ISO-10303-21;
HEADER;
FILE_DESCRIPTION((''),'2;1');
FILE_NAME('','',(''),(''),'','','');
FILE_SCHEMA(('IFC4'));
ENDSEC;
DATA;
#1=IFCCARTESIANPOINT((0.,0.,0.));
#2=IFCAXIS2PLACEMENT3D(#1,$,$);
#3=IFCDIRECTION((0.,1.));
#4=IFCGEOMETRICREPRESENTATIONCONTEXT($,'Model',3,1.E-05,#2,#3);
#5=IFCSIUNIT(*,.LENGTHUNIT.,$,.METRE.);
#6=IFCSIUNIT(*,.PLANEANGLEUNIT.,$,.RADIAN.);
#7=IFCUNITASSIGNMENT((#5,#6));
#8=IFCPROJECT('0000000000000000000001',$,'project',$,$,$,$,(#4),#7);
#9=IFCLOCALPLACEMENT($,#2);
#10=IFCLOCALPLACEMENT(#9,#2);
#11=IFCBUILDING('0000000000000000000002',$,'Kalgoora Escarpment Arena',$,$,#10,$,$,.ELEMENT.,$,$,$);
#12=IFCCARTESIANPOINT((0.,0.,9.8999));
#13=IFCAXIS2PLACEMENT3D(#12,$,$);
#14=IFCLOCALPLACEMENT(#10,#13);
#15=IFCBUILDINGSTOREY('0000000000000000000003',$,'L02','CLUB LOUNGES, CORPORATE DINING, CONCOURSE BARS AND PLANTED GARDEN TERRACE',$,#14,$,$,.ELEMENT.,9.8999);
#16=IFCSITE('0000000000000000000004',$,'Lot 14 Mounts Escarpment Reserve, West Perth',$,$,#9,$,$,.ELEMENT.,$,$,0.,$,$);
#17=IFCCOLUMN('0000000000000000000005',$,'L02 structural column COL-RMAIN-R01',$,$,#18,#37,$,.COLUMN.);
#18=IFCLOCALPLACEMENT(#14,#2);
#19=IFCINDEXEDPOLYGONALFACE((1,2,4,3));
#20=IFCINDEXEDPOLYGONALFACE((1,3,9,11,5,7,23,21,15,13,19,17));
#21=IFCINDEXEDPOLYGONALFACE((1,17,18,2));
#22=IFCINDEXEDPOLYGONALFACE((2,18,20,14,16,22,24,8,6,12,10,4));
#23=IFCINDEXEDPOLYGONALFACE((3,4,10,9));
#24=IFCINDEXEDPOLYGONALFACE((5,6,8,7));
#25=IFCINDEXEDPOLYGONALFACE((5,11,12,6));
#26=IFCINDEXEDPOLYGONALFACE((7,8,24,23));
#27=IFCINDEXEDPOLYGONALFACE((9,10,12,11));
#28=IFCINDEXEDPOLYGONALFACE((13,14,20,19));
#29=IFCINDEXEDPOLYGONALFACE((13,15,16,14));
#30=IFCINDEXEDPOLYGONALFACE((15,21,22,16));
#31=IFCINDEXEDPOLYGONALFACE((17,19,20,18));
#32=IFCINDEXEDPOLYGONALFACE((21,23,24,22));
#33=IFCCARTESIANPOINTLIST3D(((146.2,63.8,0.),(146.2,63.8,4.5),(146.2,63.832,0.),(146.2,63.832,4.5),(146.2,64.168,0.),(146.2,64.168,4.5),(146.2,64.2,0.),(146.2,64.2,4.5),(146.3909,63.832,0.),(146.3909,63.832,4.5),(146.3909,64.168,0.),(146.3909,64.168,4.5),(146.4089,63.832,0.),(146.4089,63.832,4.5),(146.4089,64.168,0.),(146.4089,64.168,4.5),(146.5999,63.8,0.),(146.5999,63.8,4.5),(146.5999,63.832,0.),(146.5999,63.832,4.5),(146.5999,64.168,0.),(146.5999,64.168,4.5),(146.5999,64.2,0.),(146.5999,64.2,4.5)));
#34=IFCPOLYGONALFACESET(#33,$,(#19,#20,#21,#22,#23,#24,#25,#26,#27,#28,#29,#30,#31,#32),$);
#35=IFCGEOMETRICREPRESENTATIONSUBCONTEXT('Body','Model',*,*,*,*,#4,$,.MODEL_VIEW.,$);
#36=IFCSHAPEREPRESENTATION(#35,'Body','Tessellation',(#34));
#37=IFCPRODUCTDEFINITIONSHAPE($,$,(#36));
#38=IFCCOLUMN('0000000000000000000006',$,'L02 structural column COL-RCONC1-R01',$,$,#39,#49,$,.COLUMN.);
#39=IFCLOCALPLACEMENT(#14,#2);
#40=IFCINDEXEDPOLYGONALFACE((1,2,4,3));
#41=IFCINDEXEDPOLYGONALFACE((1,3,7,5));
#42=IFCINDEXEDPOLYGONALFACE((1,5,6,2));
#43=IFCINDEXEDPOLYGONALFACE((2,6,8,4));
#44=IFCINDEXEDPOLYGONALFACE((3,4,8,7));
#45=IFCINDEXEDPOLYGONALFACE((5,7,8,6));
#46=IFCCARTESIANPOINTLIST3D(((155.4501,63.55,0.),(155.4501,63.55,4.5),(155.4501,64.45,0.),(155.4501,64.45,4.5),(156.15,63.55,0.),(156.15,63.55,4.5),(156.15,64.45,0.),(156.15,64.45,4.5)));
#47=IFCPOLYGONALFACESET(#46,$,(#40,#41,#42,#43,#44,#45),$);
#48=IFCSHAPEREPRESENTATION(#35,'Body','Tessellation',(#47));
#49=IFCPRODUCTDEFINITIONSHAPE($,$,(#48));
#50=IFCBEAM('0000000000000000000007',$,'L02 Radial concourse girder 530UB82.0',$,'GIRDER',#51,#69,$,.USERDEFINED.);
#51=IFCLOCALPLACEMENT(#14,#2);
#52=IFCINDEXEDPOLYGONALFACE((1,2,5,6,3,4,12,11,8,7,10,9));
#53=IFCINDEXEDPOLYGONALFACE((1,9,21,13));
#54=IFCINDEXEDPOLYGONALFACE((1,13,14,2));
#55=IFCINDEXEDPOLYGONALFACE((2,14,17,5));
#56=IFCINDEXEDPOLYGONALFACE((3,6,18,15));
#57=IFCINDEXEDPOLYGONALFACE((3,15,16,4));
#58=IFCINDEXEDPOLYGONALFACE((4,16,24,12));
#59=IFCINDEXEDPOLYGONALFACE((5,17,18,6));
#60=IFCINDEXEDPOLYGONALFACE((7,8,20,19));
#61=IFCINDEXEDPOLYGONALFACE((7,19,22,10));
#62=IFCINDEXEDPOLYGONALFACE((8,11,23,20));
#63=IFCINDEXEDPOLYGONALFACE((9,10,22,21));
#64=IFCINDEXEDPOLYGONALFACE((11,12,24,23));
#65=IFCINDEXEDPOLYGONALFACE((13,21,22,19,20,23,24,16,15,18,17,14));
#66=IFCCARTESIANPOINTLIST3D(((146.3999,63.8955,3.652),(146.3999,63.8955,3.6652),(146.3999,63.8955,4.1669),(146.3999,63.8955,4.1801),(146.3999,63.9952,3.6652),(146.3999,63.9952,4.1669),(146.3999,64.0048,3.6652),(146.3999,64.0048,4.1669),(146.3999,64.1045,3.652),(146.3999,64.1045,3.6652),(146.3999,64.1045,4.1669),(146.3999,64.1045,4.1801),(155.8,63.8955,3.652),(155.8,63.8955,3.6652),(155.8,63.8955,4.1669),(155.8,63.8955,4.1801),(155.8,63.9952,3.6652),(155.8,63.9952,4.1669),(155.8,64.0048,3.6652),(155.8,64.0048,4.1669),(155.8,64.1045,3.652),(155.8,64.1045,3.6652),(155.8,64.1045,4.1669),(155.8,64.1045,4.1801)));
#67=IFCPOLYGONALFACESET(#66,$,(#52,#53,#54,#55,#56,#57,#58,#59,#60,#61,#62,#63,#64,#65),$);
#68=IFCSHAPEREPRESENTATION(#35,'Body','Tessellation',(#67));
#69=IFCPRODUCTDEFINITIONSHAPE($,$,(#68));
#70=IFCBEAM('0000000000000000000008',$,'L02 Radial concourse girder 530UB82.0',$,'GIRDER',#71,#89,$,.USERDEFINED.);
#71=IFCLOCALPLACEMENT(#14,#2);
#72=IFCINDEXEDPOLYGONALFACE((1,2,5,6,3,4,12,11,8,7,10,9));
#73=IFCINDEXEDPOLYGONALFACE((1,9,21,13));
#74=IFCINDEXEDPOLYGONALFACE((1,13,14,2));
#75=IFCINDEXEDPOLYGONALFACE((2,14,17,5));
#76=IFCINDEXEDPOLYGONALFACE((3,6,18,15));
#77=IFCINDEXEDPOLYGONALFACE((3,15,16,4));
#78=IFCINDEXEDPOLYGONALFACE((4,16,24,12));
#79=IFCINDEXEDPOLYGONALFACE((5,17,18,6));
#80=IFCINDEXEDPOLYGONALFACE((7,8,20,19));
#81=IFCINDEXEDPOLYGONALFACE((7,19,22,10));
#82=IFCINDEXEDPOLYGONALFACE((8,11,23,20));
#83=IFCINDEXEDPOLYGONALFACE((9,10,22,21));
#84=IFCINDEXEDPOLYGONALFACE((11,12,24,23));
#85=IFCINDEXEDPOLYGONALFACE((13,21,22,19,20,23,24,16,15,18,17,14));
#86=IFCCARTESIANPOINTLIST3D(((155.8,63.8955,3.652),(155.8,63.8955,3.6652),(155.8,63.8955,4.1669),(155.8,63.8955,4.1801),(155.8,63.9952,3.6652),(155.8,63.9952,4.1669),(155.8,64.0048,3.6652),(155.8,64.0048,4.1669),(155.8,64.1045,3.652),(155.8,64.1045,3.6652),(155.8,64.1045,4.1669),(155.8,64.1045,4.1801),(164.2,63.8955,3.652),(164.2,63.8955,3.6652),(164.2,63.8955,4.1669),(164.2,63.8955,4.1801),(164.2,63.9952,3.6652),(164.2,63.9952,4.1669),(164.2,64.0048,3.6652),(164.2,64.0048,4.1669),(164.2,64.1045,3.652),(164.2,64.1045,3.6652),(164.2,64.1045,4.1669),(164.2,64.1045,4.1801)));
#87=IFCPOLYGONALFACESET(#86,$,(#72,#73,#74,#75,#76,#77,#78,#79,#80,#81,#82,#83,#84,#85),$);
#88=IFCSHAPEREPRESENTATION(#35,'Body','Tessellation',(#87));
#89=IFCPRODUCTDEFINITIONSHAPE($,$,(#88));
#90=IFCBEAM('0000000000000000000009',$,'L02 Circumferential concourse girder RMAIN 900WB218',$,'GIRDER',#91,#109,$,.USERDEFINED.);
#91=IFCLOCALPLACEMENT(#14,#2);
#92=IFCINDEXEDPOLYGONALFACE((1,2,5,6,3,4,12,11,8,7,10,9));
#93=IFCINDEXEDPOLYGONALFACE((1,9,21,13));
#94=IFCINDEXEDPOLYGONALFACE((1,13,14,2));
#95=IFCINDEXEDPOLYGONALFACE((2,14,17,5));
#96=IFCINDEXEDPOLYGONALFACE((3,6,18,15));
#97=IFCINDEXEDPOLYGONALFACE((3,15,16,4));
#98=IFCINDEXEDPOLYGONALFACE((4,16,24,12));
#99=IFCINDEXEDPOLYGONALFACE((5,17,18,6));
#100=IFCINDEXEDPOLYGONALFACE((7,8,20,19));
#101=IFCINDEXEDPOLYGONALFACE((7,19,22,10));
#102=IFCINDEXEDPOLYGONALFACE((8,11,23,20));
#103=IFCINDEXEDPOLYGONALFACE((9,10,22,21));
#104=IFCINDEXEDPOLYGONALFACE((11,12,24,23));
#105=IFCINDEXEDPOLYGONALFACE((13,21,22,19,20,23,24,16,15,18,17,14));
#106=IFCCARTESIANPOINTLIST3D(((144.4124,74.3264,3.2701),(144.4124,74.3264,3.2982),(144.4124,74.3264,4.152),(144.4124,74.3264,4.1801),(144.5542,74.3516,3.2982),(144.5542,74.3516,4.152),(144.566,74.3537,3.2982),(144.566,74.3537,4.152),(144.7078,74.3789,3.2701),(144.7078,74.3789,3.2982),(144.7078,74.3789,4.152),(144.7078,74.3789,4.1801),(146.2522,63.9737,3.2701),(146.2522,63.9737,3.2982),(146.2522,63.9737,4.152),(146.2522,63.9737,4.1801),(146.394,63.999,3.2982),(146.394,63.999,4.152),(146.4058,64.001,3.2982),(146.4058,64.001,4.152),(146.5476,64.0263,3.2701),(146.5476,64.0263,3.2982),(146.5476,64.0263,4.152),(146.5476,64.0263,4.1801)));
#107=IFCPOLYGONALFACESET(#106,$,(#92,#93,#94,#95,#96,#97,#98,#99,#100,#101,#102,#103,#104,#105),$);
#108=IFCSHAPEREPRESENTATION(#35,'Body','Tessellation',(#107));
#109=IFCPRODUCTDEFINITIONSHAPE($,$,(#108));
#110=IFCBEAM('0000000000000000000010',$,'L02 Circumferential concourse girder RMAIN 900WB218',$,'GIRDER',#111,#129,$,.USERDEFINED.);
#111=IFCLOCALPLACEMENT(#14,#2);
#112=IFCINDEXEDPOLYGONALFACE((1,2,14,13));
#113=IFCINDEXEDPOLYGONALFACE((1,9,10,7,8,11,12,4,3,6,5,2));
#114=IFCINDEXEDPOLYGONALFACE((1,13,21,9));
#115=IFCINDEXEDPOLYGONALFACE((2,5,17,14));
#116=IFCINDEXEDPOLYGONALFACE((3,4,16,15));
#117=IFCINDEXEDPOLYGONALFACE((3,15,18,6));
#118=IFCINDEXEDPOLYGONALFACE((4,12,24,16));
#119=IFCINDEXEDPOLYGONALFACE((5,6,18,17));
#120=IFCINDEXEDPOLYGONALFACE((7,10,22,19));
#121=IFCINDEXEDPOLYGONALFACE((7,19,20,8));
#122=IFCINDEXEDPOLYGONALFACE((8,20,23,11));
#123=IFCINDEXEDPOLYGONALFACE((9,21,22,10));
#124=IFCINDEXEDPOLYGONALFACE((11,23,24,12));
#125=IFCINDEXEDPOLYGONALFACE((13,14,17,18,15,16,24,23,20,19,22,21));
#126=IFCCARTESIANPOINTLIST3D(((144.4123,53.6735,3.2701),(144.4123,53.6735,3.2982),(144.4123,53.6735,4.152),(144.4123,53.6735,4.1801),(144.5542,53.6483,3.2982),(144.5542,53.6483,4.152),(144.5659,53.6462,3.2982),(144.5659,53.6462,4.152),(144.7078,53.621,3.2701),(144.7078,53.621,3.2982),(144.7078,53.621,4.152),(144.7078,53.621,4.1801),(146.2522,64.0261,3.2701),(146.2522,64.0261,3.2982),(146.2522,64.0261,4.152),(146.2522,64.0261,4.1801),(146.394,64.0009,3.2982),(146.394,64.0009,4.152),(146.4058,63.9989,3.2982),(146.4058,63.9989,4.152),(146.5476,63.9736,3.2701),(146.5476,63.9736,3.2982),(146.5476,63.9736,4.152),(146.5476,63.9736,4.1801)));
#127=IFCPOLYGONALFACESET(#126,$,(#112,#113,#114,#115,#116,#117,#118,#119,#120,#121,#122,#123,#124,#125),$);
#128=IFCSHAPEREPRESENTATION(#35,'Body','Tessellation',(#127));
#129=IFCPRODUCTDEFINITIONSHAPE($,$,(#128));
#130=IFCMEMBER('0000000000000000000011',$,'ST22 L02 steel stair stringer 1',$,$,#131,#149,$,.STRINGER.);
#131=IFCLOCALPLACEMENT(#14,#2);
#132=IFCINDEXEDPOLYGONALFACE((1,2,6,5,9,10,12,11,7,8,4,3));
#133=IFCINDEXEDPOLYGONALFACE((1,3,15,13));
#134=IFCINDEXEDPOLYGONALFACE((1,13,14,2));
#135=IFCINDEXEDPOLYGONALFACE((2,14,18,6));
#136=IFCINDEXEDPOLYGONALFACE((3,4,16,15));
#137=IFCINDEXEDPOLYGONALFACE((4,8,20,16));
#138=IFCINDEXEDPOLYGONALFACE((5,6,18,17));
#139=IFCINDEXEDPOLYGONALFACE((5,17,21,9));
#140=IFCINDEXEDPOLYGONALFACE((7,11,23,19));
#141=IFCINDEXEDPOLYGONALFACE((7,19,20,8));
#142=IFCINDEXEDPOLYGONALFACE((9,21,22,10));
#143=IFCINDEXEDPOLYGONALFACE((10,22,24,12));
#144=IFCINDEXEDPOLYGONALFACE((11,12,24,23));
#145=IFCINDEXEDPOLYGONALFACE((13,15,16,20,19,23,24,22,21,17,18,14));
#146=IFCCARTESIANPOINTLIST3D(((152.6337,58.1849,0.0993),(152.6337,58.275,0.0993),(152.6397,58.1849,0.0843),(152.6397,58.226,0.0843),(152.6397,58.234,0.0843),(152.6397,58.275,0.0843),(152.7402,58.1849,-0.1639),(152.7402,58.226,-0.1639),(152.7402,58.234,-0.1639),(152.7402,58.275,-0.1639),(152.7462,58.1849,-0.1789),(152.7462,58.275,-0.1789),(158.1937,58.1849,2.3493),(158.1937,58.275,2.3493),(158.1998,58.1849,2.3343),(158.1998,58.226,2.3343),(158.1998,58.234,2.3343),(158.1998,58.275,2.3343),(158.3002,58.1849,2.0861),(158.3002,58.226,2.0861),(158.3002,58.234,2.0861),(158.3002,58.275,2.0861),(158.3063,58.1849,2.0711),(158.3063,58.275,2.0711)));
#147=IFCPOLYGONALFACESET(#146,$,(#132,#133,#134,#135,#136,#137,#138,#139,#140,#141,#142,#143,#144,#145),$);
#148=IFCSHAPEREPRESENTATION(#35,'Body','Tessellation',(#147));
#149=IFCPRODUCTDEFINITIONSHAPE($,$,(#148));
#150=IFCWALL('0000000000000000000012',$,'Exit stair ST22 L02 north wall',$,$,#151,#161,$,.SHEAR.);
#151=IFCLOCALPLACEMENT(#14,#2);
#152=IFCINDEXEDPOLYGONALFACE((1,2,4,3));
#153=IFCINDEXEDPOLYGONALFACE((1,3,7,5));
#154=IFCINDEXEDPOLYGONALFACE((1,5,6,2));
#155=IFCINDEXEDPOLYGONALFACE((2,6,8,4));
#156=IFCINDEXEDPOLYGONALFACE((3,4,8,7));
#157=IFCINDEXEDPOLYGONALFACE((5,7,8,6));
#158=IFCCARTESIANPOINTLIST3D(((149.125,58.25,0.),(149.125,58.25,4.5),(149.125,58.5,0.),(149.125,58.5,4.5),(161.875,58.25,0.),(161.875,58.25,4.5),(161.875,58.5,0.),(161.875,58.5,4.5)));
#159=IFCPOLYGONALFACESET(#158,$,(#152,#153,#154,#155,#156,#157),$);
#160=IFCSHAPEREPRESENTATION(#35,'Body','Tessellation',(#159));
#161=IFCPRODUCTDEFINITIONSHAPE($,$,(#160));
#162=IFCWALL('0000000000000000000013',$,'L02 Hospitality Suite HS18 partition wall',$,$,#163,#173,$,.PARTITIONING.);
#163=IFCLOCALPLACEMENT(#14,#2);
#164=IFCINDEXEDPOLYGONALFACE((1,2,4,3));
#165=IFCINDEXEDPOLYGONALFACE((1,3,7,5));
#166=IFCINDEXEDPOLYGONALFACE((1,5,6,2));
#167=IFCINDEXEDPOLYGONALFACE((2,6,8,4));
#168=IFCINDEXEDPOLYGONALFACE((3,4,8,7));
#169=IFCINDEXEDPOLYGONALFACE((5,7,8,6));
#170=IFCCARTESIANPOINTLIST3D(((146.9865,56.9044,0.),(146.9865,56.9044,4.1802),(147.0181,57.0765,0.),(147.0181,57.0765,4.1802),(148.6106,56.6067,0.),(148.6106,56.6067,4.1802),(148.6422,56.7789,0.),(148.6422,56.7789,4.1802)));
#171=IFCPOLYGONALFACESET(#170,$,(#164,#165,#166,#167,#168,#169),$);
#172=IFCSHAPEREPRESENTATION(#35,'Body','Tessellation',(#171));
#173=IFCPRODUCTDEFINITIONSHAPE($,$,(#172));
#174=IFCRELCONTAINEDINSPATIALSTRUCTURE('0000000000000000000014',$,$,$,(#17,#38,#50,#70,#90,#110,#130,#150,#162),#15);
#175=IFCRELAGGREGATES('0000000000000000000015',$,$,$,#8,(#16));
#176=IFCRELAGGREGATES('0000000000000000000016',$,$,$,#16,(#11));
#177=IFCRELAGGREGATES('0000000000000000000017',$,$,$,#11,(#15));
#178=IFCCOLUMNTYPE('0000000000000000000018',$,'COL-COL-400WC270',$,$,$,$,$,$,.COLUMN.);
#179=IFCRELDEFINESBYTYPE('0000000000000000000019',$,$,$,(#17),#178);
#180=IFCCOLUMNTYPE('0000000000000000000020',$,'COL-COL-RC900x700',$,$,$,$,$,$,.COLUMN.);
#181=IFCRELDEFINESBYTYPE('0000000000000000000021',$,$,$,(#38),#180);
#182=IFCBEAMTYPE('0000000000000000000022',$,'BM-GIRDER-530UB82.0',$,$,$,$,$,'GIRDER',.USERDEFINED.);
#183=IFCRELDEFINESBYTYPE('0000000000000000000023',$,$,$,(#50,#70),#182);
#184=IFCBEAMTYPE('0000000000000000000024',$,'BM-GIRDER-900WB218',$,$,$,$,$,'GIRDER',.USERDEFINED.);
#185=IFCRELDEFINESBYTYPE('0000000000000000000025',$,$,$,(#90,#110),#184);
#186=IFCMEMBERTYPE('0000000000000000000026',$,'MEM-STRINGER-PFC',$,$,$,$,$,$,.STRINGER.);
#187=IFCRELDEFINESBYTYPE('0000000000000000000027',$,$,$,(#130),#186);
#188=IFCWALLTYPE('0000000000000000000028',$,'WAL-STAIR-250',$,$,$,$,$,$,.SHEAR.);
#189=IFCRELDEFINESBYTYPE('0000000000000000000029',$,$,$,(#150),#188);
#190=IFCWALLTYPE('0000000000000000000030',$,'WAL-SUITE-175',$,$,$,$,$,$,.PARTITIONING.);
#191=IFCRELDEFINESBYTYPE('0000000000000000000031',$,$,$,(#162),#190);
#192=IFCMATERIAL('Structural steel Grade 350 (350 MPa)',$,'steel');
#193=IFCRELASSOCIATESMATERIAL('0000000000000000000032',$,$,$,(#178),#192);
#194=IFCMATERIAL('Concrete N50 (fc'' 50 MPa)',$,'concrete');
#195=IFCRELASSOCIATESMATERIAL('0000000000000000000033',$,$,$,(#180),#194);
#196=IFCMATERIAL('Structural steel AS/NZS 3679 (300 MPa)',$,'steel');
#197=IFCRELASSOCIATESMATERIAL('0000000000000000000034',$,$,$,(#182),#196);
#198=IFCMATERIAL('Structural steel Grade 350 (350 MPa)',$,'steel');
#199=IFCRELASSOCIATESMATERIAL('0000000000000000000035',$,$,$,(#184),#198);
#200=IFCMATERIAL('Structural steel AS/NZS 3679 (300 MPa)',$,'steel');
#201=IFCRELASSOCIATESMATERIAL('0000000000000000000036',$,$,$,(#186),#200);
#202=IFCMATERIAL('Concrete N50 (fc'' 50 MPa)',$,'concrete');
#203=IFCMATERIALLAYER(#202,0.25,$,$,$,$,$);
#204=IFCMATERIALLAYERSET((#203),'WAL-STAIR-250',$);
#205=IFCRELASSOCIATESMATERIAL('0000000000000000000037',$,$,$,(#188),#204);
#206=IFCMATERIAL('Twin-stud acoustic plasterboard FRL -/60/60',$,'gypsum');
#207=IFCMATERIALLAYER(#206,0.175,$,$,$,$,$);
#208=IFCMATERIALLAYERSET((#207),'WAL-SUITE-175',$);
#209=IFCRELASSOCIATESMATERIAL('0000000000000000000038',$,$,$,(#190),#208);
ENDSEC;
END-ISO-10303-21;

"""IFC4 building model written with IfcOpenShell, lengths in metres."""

from ifc_helpers import new_model, si_unit, direction, frame, frame_2d, origin, origin_2d, place, context, subcontext, project, spatial, rectangle, i_section, extrude, material, layer, layer_set, material_profile, profile_set, type_object, element, save


model = new_model("IFC4")

# Units and contexts
model_context = context("Model", 3, precision=1e-05, world=origin(), true_north=direction((0.0, 1.0)))
body_context = subcontext(model_context, "Body", "Model", "MODEL_VIEW")
ifc_project = project(units=[si_unit("LENGTHUNIT", "METRE"), si_unit("PLANEANGLEUNIT", "RADIAN")], contexts=[model_context])

# Site, building, storey
site_placement = place(None, origin())
site = spatial("IfcSite", under=ifc_project, at=site_placement, Name="Lot 14 Mounts Escarpment Reserve, West Perth", CompositionType="ELEMENT", RefElevation=0.0)
building_placement = place(site_placement, origin())
building = spatial("IfcBuilding", under=site, at=building_placement, Name="Kalgoora Escarpment Arena", CompositionType="ELEMENT")
storey_placement = place(building_placement, frame((0.0, 0.0, 9.8999)))
storey = spatial("IfcBuildingStorey", under=building, at=storey_placement, Name="L02", Description="CLUB LOUNGES, CORPORATE DINING, CONCOURSE BARS AND PLANTED GARDEN TERRACE", CompositionType="ELEMENT", Elevation=9.8999)

# Columns
ifc_material_1 = material(Name="Structural steel Grade 350 (350 MPa)", Category="steel")
ifc_material_profile_1 = material_profile(ifc_material_1, i_section(OverallWidth=0.3999, OverallDepth=0.3999, WebThickness=0.0181, FlangeThickness=0.032, at=origin_2d()))
ifc_profile_set_1 = profile_set([ifc_material_profile_1], Name="Structural steel Grade 350 (350 MPa)")
column_type_1 = type_object("IfcColumnType", Name="COL-COL-400WC270", PredefinedType="COLUMN", material=ifc_profile_set_1)
column_1_placement = place(storey_placement, frame((146.3999, 64.0, 0.0), z_axis=(0.0, 0.0, 1.0), x_axis=(1.0, 0.0, 0.0)))
element("IfcColumn", 1, at=column_1_placement, inside=storey, type_object=column_type_1, Name="L02 structural column COL-RMAIN-R01", PredefinedType="COLUMN", context=body_context, shape_type="SweptSolid", body=[
    extrude(i_section(OverallWidth=0.3999, OverallDepth=0.3999, WebThickness=0.0181, FlangeThickness=0.032, at=origin_2d()), origin(), (0.0, 0.0, 1.0), 4.5),
])
ifc_material_2 = material(Name="Concrete N50 (fc' 50 MPa)", Category="concrete")
ifc_material_profile_2 = material_profile(ifc_material_2, rectangle(XDim=0.7, YDim=0.8999, at=origin_2d()))
ifc_profile_set_2 = profile_set([ifc_material_profile_2], Name="Concrete N50 (fc' 50 MPa)")
column_type_2 = type_object("IfcColumnType", Name="COL-COL-RC900x700", PredefinedType="COLUMN", material=ifc_profile_set_2)
column_2_placement = place(storey_placement, frame((155.8, 64.0, 0.0), z_axis=(0.0, 0.0, 1.0), x_axis=(1.0, 0.0, 0.0)))
element("IfcColumn", 2, at=column_2_placement, inside=storey, type_object=column_type_2, Name="L02 structural column COL-RCONC1-R01", PredefinedType="COLUMN", context=body_context, shape_type="SweptSolid", body=[
    extrude(rectangle(XDim=0.7, YDim=0.8999, at=origin_2d()), origin(), (0.0, 0.0, 1.0), 4.5),
])

# Beams
ifc_material_3 = material(Name="Structural steel AS/NZS 3679 (300 MPa)", Category="steel")
ifc_material_profile_3 = material_profile(ifc_material_3, i_section(OverallWidth=0.209, OverallDepth=0.5281, WebThickness=0.0095, FlangeThickness=0.0132, at=origin_2d()))
ifc_profile_set_3 = profile_set([ifc_material_profile_3], Name="Structural steel AS/NZS 3679 (300 MPa)")
beam_type_1 = type_object("IfcBeamType", Name="BM-GIRDER-530UB82.0", ElementType="GIRDER", PredefinedType="USERDEFINED", material=ifc_profile_set_3)
beam_1_placement = place(storey_placement, frame((146.3999, 64.0, 3.916), z_axis=(1.0, 0.0, 0.0), x_axis=(0.0, 1.0, 0.0)))
element("IfcBeam", 3, at=beam_1_placement, inside=storey, type_object=beam_type_1, Name="L02 Radial concourse girder 530UB82.0", ObjectType="GIRDER", PredefinedType="USERDEFINED", context=body_context, shape_type="SweptSolid", body=[
    extrude(i_section(OverallWidth=0.209, OverallDepth=0.5281, WebThickness=0.0095, FlangeThickness=0.0132, at=origin_2d()), origin(), (0.0, 0.0, 1.0), 9.4001),
])
beam_2_placement = place(storey_placement, frame((155.8, 64.0, 3.916), z_axis=(1.0, 0.0, 0.0), x_axis=(0.0, 1.0, 0.0)))
element("IfcBeam", 4, at=beam_2_placement, inside=storey, type_object=beam_type_1, Name="L02 Radial concourse girder 530UB82.0", ObjectType="GIRDER", PredefinedType="USERDEFINED", context=body_context, shape_type="SweptSolid", body=[
    extrude(i_section(OverallWidth=0.209, OverallDepth=0.5281, WebThickness=0.0095, FlangeThickness=0.0132, at=origin_2d()), origin(), (0.0, 0.0, 1.0), 8.3999),
])
ifc_material_4 = material(Name="Structural steel Grade 350 (350 MPa)", Category="steel")
ifc_material_profile_4 = material_profile(ifc_material_4, i_section(OverallWidth=0.3, OverallDepth=0.9099, WebThickness=0.012, FlangeThickness=0.0281, at=origin_2d()))
ifc_profile_set_4 = profile_set([ifc_material_profile_4], Name="Structural steel Grade 350 (350 MPa)")
beam_type_2 = type_object("IfcBeamType", Name="BM-GIRDER-900WB218", ElementType="GIRDER", PredefinedType="USERDEFINED", material=ifc_profile_set_4)
for number, where, z_axis, x_axis, name in (
    (5, (146.3999, 64.0, 3.7251), (-0.174973, 0.984573, 0.0), (-0.984573, -0.174973, 0.0), "L02 Circumferential concourse girder RMAIN 900WB218"),
    (6, (144.5601, 53.6472, 3.7251), (0.174973, 0.984573, 0.0), (-0.984573, 0.174973, 0.0), "L02 Circumferential concourse girder RMAIN 900WB218"),
):
    element("IfcBeam", number, at=place(storey_placement, frame(where, z_axis=z_axis, x_axis=x_axis)), inside=storey, type_object=beam_type_2, Name=name, ObjectType="GIRDER", PredefinedType="USERDEFINED", context=body_context, shape_type="SweptSolid", body=[
        extrude(i_section(OverallWidth=0.3, OverallDepth=0.9099, WebThickness=0.012, FlangeThickness=0.0281, at=origin_2d()), origin(), (0.0, 0.0, 1.0), 10.5149),
    ])

# Member
ifc_material_5 = material(Name="Structural steel AS/NZS 3679 (300 MPa)", Category="steel")
ifc_material_profile_5 = material_profile(ifc_material_5, i_section(OverallWidth=0.0901, OverallDepth=0.3, WebThickness=0.0081, FlangeThickness=0.0161, at=origin_2d()))
ifc_profile_set_5 = profile_set([ifc_material_profile_5], Name="Structural steel AS/NZS 3679 (300 MPa)")
member_type = type_object("IfcMemberType", Name="MEM-STRINGER-PFC", PredefinedType="STRINGER", material=ifc_profile_set_5)
member_placement = place(storey_placement, frame((152.6899, 58.23, -0.0398), z_axis=(0.926976, 0.0, 0.375121), x_axis=(0.0, 1.0, 0.0)))
element("IfcMember", 7, at=member_placement, inside=storey, type_object=member_type, Name="ST22 L02 steel stair stringer 1", PredefinedType="STRINGER", context=body_context, shape_type="SweptSolid", body=[
    extrude(i_section(OverallWidth=0.0901, OverallDepth=0.3, WebThickness=0.0081, FlangeThickness=0.0161, at=origin_2d()), origin(), (0.0, 0.0, 1.0), 5.998),
])

# Walls
ifc_material_6 = material(Name="Concrete N50 (fc' 50 MPa)", Category="concrete")
ifc_layer_1 = layer(ifc_material_6, 0.25)
ifc_layer_set_1 = layer_set([ifc_layer_1], Name="WAL-STAIR-250")
wall_type_1 = type_object("IfcWallType", Name="WAL-STAIR-250", PredefinedType="SHEAR", material=ifc_layer_set_1)
wall_1_placement = place(storey_placement, frame((149.125, 58.375, 0.0), z_axis=(0.0, 0.0, 1.0), x_axis=(1.0, 0.0, 0.0)))
element("IfcWall", 8, at=wall_1_placement, inside=storey, type_object=wall_type_1, Name="Exit stair ST22 L02 north wall", PredefinedType="SHEAR", context=body_context, shape_type="SweptSolid", body=[
    extrude(rectangle(XDim=12.75, YDim=0.25, at=frame_2d((6.375, 0.0))), origin(), (0.0, 0.0, 1.0), 4.5),
])
ifc_material_7 = material(Name="Twin-stud acoustic plasterboard FRL -/60/60", Category="gypsum")
ifc_layer_2 = layer(ifc_material_7, 0.175)
ifc_layer_set_2 = layer_set([ifc_layer_2], Name="WAL-SUITE-175")
wall_type_2 = type_object("IfcWallType", Name="WAL-SUITE-175", PredefinedType="PARTITIONING", material=ifc_layer_set_2)
wall_2_placement = place(storey_placement, frame((147.0022, 56.9905, 0.0), z_axis=(0.0, 0.0, 1.0), x_axis=(0.983621, -0.180252, 0.0)))
element("IfcWall", 9, at=wall_2_placement, inside=storey, type_object=wall_type_2, Name="L02 Hospitality Suite HS18 partition wall", PredefinedType="PARTITIONING", context=body_context, shape_type="SweptSolid", body=[
    extrude(rectangle(XDim=1.6511, YDim=0.175, at=frame_2d((0.8257, 0.0))), origin(), (0.0, 0.0, 1.0), 4.1802),
])

save(model, "model.ifc")
